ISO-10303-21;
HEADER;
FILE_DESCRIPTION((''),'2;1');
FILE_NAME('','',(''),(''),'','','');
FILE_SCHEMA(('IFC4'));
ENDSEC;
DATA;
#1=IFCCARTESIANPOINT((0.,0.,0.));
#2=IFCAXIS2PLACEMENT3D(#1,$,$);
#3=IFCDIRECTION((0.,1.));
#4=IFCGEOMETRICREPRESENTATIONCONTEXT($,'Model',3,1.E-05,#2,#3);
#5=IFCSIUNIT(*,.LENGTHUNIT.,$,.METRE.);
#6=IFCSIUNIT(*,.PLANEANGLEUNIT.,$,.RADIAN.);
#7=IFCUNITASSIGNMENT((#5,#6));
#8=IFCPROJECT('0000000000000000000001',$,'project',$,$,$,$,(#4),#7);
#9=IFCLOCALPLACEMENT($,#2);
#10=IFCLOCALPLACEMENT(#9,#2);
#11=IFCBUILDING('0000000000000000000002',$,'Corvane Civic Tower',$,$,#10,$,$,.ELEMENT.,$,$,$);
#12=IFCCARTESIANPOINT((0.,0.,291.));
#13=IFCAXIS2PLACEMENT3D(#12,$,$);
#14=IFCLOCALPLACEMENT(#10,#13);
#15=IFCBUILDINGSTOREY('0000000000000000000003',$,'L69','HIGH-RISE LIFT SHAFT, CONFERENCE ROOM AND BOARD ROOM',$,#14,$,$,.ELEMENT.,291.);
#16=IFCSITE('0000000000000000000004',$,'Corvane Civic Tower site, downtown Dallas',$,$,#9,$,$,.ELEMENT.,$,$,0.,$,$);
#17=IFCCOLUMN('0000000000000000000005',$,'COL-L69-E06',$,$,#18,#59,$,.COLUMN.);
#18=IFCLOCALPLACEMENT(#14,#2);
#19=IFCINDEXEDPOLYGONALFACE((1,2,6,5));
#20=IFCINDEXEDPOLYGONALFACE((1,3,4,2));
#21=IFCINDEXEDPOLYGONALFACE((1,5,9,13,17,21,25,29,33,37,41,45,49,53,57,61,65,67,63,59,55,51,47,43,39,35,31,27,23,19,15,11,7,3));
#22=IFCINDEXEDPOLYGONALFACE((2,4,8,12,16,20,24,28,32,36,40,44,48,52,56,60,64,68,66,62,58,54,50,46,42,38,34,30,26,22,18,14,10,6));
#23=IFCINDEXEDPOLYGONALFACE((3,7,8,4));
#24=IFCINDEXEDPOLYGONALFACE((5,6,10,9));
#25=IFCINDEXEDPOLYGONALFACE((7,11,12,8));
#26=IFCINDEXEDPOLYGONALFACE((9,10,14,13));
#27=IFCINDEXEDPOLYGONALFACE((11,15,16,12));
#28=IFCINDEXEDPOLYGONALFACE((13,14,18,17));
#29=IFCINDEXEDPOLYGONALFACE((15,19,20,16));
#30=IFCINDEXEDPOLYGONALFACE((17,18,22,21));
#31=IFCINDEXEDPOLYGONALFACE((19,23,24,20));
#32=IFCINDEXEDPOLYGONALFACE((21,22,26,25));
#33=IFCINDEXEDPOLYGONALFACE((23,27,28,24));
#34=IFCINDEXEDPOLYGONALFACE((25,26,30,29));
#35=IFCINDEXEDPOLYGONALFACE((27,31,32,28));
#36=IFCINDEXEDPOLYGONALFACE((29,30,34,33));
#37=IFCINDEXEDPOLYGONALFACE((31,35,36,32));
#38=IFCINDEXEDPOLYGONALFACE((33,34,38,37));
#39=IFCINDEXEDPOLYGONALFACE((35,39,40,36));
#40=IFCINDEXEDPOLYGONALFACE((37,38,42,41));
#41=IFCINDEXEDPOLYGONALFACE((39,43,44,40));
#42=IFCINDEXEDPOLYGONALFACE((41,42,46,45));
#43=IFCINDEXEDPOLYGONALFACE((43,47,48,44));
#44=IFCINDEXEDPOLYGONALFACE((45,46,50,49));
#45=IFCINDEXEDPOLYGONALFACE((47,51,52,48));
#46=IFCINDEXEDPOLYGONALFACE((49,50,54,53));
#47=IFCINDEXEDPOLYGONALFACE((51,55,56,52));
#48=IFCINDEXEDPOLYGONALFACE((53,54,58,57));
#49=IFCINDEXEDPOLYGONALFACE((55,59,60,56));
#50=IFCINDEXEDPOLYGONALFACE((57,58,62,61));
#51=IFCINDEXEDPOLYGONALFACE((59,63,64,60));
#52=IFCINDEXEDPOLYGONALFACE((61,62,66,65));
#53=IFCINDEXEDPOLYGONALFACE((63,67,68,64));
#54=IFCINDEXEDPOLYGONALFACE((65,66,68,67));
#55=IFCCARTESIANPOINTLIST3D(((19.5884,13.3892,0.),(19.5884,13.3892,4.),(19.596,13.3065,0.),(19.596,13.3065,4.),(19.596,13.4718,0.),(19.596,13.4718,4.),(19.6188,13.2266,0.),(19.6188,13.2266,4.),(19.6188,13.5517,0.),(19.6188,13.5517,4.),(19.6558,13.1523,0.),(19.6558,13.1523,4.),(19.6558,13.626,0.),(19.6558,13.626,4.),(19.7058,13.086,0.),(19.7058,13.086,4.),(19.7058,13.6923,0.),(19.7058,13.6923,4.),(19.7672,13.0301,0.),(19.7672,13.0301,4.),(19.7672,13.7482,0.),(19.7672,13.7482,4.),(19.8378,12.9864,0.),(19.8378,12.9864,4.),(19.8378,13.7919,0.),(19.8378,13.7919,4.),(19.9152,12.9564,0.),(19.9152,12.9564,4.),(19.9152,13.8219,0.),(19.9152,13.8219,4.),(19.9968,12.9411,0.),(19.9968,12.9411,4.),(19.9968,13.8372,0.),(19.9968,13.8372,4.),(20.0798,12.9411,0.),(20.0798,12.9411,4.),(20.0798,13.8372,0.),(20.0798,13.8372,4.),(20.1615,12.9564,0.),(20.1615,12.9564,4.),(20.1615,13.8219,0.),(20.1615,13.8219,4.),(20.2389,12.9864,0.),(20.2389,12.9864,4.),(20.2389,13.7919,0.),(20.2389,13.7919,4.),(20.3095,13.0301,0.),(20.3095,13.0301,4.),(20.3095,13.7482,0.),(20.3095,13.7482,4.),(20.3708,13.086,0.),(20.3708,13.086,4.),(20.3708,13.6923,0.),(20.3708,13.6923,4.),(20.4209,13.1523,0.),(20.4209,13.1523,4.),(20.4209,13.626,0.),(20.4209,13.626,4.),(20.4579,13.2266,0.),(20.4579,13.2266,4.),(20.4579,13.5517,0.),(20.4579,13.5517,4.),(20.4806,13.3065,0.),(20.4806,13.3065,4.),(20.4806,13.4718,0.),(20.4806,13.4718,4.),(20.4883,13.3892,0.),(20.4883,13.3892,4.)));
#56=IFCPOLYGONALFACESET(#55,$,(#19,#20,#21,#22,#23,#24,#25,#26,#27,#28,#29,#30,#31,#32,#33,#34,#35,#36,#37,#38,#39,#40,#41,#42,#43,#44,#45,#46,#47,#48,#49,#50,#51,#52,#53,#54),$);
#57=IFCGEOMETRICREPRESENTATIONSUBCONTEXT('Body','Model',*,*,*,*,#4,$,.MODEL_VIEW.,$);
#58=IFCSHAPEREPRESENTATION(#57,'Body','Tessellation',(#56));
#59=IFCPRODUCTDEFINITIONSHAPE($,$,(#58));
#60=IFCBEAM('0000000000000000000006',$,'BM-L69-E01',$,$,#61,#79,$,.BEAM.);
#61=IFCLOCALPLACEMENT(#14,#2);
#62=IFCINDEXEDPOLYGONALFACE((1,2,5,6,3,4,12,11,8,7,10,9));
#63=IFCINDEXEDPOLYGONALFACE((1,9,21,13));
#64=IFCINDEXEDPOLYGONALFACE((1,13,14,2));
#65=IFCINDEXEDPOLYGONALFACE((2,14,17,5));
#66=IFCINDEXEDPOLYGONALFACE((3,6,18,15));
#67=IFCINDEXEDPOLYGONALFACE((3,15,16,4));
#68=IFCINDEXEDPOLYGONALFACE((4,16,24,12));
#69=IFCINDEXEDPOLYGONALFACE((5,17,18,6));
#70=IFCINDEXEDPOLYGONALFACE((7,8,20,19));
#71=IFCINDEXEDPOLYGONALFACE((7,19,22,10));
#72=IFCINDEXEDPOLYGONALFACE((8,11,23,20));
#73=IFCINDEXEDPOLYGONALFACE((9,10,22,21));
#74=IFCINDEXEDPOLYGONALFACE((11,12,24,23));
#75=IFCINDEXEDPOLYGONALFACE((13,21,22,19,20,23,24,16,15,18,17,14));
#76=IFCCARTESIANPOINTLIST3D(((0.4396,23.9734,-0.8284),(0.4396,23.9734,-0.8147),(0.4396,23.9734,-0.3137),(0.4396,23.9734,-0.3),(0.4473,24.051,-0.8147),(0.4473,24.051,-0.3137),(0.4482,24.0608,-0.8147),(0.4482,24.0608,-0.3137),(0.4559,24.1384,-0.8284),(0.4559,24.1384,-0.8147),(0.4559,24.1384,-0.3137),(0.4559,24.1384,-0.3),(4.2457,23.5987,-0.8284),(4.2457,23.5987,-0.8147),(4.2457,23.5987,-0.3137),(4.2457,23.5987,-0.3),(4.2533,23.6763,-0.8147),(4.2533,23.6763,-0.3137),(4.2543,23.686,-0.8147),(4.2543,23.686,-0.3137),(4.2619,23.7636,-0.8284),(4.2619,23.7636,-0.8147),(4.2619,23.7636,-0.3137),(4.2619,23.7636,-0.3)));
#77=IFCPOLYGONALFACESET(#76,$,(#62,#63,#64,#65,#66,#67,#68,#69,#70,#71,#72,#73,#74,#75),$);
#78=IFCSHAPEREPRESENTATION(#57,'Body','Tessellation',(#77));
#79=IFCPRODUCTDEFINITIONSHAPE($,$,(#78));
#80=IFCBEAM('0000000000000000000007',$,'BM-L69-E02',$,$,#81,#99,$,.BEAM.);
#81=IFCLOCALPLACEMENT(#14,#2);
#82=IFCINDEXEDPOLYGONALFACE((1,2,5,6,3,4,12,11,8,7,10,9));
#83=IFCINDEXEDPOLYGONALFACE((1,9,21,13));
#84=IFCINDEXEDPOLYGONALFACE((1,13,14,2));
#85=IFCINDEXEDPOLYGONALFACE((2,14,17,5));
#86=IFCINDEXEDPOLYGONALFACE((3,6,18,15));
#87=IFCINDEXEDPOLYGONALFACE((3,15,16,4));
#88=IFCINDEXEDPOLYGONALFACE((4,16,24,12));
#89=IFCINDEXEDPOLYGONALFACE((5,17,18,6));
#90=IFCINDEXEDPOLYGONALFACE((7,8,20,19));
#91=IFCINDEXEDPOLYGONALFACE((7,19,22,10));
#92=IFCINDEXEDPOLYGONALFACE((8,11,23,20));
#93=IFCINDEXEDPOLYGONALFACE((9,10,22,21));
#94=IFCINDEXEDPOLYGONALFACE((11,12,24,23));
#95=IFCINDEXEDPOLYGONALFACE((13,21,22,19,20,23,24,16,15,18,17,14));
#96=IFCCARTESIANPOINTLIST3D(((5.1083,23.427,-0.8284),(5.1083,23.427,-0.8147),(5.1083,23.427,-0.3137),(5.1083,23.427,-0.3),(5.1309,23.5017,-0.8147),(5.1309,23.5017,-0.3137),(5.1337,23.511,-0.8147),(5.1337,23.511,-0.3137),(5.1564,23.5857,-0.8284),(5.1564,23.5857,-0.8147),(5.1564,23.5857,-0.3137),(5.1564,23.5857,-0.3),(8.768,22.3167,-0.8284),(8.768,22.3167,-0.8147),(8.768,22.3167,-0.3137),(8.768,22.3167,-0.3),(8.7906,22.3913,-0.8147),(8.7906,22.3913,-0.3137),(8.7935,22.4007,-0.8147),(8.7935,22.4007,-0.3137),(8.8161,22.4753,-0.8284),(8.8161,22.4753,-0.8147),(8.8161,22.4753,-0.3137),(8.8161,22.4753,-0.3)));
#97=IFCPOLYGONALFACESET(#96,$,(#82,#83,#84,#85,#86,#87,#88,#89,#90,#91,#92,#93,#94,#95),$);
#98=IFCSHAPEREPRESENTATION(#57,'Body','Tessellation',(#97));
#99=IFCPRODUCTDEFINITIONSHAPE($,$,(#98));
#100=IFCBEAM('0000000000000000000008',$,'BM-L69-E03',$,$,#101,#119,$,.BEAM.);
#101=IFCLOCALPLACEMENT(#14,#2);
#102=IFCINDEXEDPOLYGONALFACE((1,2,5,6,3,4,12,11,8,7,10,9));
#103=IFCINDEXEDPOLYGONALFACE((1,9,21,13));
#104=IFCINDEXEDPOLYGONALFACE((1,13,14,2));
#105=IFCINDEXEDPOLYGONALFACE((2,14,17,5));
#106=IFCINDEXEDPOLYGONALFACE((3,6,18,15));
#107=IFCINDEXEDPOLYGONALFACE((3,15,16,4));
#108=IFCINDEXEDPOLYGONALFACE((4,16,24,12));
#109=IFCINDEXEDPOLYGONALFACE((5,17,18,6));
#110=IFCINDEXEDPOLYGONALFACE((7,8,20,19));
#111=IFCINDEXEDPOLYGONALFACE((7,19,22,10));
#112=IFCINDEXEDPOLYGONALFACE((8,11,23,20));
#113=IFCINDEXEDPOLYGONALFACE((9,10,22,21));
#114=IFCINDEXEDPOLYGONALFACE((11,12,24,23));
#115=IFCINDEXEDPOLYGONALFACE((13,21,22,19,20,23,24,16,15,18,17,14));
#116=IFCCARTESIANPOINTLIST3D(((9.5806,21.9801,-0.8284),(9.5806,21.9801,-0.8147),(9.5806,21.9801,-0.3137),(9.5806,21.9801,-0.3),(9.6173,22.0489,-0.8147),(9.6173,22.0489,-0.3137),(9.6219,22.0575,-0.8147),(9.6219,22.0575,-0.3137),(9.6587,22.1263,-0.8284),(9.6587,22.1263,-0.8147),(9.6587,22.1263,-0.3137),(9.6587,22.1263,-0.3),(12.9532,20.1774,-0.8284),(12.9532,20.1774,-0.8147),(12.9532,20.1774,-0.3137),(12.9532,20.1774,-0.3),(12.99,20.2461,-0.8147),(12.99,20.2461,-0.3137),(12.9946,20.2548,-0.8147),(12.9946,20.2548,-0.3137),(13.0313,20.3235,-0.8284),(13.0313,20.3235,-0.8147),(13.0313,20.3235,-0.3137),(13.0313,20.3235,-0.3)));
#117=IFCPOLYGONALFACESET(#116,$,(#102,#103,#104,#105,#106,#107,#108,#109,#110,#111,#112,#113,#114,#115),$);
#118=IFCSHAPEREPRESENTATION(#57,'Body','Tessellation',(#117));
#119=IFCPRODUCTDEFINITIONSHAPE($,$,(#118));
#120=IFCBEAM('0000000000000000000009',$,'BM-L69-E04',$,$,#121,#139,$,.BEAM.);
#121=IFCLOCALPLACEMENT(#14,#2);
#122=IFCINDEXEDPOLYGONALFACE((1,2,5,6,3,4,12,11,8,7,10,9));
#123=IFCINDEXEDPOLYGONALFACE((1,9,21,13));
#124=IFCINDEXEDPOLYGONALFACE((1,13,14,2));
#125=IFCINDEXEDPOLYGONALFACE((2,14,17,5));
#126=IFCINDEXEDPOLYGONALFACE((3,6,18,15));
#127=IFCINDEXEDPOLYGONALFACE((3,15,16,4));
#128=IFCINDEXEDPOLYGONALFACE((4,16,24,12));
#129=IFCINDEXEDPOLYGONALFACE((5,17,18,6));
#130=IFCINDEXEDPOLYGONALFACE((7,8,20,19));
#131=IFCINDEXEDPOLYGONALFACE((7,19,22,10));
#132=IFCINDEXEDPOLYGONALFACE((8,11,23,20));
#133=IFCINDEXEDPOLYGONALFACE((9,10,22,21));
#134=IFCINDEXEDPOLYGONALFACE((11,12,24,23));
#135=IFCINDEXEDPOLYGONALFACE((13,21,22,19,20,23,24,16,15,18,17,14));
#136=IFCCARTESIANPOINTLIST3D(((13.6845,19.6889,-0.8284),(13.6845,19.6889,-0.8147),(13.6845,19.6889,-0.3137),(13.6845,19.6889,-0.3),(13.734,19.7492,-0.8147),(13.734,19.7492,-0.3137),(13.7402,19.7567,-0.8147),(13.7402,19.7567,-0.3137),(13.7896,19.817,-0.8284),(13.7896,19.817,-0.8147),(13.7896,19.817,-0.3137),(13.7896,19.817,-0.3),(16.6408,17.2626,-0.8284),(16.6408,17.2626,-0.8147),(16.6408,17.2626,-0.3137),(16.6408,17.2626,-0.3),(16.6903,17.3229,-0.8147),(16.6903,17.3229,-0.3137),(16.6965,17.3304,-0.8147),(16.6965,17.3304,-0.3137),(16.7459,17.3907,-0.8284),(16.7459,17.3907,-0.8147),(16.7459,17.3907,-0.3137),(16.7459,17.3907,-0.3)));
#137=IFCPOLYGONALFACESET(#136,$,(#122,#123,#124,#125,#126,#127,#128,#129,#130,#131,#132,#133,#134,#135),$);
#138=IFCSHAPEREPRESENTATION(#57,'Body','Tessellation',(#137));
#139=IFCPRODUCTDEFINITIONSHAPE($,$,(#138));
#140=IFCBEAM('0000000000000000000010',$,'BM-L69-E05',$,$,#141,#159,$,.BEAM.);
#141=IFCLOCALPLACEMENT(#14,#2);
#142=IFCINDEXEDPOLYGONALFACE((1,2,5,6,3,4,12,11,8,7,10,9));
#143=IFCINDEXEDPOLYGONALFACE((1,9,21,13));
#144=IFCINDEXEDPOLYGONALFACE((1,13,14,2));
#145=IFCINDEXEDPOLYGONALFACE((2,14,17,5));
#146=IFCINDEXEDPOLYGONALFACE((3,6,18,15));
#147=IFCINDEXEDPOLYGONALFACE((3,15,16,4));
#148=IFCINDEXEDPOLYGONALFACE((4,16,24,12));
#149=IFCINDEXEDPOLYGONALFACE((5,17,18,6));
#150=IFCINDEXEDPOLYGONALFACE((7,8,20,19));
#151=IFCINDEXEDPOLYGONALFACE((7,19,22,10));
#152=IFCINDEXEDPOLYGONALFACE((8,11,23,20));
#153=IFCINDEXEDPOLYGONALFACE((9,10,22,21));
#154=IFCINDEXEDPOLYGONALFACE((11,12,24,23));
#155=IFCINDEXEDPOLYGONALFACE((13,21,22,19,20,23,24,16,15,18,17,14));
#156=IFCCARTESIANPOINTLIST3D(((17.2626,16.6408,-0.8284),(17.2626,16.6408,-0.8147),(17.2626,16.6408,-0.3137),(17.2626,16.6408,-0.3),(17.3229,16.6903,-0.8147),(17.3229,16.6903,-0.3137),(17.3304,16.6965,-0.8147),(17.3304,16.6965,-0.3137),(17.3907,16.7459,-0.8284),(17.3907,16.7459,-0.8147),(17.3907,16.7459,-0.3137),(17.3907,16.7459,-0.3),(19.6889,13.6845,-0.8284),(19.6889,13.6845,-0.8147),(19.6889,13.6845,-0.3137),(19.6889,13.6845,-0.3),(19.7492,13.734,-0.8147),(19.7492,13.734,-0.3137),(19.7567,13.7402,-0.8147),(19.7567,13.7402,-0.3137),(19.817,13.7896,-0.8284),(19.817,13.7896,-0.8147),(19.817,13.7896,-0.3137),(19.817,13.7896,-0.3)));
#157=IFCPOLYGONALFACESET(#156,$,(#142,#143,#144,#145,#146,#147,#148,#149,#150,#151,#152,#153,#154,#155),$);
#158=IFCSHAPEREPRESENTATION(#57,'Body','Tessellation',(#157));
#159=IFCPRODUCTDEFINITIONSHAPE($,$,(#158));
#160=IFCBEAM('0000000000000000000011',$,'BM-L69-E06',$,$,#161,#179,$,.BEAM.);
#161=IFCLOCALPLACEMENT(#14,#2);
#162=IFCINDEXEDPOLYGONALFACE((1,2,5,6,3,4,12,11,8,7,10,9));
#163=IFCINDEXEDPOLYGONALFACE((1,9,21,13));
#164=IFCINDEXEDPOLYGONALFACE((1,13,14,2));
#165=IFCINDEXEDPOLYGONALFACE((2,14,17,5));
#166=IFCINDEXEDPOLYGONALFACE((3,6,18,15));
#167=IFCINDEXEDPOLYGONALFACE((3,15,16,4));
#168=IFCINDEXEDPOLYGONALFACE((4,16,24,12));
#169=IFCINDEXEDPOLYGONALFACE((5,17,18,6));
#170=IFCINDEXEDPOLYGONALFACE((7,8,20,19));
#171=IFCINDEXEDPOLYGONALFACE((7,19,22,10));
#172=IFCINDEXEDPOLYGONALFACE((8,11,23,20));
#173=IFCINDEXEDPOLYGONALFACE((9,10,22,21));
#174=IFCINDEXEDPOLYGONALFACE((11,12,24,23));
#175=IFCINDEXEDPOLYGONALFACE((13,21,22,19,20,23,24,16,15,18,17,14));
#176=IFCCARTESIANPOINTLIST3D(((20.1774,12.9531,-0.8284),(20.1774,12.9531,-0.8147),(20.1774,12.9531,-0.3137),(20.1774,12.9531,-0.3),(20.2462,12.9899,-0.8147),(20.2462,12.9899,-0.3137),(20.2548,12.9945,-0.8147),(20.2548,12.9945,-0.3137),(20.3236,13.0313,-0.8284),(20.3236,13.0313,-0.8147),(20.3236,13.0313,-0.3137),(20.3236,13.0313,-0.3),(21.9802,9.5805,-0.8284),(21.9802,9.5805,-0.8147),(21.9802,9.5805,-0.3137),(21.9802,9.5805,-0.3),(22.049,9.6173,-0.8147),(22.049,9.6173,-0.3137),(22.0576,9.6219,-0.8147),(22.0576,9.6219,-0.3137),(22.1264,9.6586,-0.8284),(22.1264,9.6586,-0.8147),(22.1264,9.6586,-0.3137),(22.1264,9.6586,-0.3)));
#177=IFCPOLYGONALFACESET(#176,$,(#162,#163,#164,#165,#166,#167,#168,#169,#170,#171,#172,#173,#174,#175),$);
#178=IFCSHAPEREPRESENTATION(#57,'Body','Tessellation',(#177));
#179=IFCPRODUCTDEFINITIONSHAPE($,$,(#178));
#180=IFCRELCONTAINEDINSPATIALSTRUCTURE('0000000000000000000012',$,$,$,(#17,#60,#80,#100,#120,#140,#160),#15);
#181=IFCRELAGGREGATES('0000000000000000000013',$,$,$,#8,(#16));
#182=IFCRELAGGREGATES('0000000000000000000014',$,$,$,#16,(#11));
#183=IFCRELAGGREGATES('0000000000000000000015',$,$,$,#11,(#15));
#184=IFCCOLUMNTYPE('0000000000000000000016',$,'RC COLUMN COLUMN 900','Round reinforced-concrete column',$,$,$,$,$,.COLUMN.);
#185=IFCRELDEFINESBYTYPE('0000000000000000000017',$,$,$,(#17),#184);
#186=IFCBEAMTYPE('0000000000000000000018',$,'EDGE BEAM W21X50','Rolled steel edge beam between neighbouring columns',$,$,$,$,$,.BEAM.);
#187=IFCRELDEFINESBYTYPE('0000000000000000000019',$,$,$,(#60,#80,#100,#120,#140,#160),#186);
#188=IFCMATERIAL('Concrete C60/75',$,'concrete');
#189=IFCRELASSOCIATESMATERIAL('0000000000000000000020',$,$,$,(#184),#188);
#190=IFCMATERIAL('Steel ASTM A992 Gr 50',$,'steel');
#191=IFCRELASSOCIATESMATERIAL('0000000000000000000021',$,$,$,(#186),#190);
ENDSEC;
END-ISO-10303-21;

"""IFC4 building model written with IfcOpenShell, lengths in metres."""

from ifc_helpers import new_model, si_unit, direction, frame, origin, origin_2d, place, context, subcontext, project, spatial, circle, i_section, extrude, material, material_profile, profile_set, type_object, element, save


model = new_model("IFC4")

# Units and contexts
model_context = context("Model", 3, precision=1e-05, world=origin(), true_north=direction((0.0, 1.0)))
body_context = subcontext(model_context, "Body", "Model", "MODEL_VIEW")
ifc_project = project(units=[si_unit("LENGTHUNIT", "METRE"), si_unit("PLANEANGLEUNIT", "RADIAN")], contexts=[model_context])

# Site, building, storey
site_placement = place(None, origin())
site = spatial("IfcSite", under=ifc_project, at=site_placement, Name="Corvane Civic Tower site, downtown Dallas", CompositionType="ELEMENT", RefElevation=0.0)
building_placement = place(site_placement, origin())
building = spatial("IfcBuilding", under=site, at=building_placement, Name="Corvane Civic Tower", CompositionType="ELEMENT")
storey_placement = place(building_placement, frame((0.0, 0.0, 291.0)))
storey = spatial("IfcBuildingStorey", under=building, at=storey_placement, Name="L69", Description="HIGH-RISE LIFT SHAFT, CONFERENCE ROOM AND BOARD ROOM", CompositionType="ELEMENT", Elevation=291.0)

# Column
ifc_material_1 = material(Name="Concrete C60/75", Category="concrete")
ifc_material_profile_1 = material_profile(ifc_material_1, circle(Radius=0.45, at=origin_2d()), Name="COLUMN 900")
ifc_profile_set_1 = profile_set([ifc_material_profile_1], Name="Concrete C60/75")
column_type = type_object("IfcColumnType", Name="RC COLUMN COLUMN 900", Description="Round reinforced-concrete column", PredefinedType="COLUMN", material=ifc_profile_set_1)
for number, where, z_axis, x_axis, name in (
    (1, (20.0383, 13.3892, 0.0), (0.0, 0.0, 1.0), (1.0, 0.0, 0.0), "COL-L69-E06"),
):
    element("IfcColumn", number, at=place(storey_placement, frame(where, z_axis=z_axis, x_axis=x_axis)), inside=storey, type_object=column_type, Name=name, PredefinedType="COLUMN", context=body_context, shape_type="SweptSolid", body=[
        extrude(circle(Radius=0.45, at=origin_2d()), origin(), (0.0, 0.0, 1.0), 4.0),
    ])

# Beams
ifc_material_2 = material(Name="Steel ASTM A992 Gr 50", Category="steel")
ifc_material_profile_2 = material_profile(ifc_material_2, i_section(OverallWidth=0.1658, OverallDepth=0.5283, WebThickness=0.0098, FlangeThickness=0.0137, at=origin_2d()), Name="W21X50")
ifc_profile_set_2 = profile_set([ifc_material_profile_2], Name="Steel ASTM A992 Gr 50")
beam_type_1 = type_object("IfcBeamType", Name="EDGE BEAM W21X50", Description="Rolled steel edge beam between neighbouring columns", PredefinedType="BEAM", material=ifc_profile_set_2)
for number, where, z_axis, x_axis, name in (
    (2, (0.4478, 24.0559, -0.5642), (0.995188, -0.097987, 0.0), (0.097987, 0.995188, 0.0), "BM-L69-E01"),
    (3, (5.1323, 23.5063, -0.5642), (0.956926, -0.290333, 0.0), (0.290333, 0.956926, 0.0), "BM-L69-E02"),
):
    element("IfcBeam", number, at=place(storey_placement, frame(where, z_axis=z_axis, x_axis=x_axis)), inside=storey, type_object=beam_type_1, Name=name, PredefinedType="BEAM", context=body_context, shape_type="SweptSolid", body=[
        extrude(i_section(OverallWidth=0.1658, OverallDepth=0.5283, WebThickness=0.0098, FlangeThickness=0.0137, at=origin_2d()), origin(), (0.0, 0.0, 1.0), 3.8245),
    ])
beam_1_placement = place(storey_placement, frame((9.6196, 22.0532, -0.5642), z_axis=(0.881914, -0.47141, 0.0), x_axis=(0.47141, 0.881914, 0.0)))
element("IfcBeam", 4, at=beam_1_placement, inside=storey, type_object=beam_type_1, Name="BM-L69-E03", PredefinedType="BEAM", context=body_context, shape_type="SweptSolid", body=[
    extrude(i_section(OverallWidth=0.1658, OverallDepth=0.5283, WebThickness=0.0098, FlangeThickness=0.0137, at=origin_2d()), origin(), (0.0, 0.0, 1.0), 3.8242),
])
for number, where, z_axis, x_axis, name in (
    (5, (13.7371, 19.7529, -0.5642), (0.772998, -0.634409, 0.0), (0.634409, 0.772998, 0.0), "BM-L69-E04"),
    (6, (17.3267, 16.6934, -0.5642), (0.634409, -0.772998, 0.0), (0.772998, 0.634409, 0.0), "BM-L69-E05"),
):
    element("IfcBeam", number, at=place(storey_placement, frame(where, z_axis=z_axis, x_axis=x_axis)), inside=storey, type_object=beam_type_1, Name=name, PredefinedType="BEAM", context=body_context, shape_type="SweptSolid", body=[
        extrude(i_section(OverallWidth=0.1658, OverallDepth=0.5283, WebThickness=0.0098, FlangeThickness=0.0137, at=origin_2d()), origin(), (0.0, 0.0, 1.0), 3.8245),
    ])
beam_2_placement = place(storey_placement, frame((20.2505, 12.9922, -0.5642), z_axis=(0.47141, -0.881914, 0.0), x_axis=(0.881914, 0.47141, 0.0)))
element("IfcBeam", 7, at=beam_2_placement, inside=storey, type_object=beam_type_1, Name="BM-L69-E06", PredefinedType="BEAM", context=body_context, shape_type="SweptSolid", body=[
    extrude(i_section(OverallWidth=0.1658, OverallDepth=0.5283, WebThickness=0.0098, FlangeThickness=0.0137, at=origin_2d()), origin(), (0.0, 0.0, 1.0), 3.8242),
])

save(model, "model.ifc")
